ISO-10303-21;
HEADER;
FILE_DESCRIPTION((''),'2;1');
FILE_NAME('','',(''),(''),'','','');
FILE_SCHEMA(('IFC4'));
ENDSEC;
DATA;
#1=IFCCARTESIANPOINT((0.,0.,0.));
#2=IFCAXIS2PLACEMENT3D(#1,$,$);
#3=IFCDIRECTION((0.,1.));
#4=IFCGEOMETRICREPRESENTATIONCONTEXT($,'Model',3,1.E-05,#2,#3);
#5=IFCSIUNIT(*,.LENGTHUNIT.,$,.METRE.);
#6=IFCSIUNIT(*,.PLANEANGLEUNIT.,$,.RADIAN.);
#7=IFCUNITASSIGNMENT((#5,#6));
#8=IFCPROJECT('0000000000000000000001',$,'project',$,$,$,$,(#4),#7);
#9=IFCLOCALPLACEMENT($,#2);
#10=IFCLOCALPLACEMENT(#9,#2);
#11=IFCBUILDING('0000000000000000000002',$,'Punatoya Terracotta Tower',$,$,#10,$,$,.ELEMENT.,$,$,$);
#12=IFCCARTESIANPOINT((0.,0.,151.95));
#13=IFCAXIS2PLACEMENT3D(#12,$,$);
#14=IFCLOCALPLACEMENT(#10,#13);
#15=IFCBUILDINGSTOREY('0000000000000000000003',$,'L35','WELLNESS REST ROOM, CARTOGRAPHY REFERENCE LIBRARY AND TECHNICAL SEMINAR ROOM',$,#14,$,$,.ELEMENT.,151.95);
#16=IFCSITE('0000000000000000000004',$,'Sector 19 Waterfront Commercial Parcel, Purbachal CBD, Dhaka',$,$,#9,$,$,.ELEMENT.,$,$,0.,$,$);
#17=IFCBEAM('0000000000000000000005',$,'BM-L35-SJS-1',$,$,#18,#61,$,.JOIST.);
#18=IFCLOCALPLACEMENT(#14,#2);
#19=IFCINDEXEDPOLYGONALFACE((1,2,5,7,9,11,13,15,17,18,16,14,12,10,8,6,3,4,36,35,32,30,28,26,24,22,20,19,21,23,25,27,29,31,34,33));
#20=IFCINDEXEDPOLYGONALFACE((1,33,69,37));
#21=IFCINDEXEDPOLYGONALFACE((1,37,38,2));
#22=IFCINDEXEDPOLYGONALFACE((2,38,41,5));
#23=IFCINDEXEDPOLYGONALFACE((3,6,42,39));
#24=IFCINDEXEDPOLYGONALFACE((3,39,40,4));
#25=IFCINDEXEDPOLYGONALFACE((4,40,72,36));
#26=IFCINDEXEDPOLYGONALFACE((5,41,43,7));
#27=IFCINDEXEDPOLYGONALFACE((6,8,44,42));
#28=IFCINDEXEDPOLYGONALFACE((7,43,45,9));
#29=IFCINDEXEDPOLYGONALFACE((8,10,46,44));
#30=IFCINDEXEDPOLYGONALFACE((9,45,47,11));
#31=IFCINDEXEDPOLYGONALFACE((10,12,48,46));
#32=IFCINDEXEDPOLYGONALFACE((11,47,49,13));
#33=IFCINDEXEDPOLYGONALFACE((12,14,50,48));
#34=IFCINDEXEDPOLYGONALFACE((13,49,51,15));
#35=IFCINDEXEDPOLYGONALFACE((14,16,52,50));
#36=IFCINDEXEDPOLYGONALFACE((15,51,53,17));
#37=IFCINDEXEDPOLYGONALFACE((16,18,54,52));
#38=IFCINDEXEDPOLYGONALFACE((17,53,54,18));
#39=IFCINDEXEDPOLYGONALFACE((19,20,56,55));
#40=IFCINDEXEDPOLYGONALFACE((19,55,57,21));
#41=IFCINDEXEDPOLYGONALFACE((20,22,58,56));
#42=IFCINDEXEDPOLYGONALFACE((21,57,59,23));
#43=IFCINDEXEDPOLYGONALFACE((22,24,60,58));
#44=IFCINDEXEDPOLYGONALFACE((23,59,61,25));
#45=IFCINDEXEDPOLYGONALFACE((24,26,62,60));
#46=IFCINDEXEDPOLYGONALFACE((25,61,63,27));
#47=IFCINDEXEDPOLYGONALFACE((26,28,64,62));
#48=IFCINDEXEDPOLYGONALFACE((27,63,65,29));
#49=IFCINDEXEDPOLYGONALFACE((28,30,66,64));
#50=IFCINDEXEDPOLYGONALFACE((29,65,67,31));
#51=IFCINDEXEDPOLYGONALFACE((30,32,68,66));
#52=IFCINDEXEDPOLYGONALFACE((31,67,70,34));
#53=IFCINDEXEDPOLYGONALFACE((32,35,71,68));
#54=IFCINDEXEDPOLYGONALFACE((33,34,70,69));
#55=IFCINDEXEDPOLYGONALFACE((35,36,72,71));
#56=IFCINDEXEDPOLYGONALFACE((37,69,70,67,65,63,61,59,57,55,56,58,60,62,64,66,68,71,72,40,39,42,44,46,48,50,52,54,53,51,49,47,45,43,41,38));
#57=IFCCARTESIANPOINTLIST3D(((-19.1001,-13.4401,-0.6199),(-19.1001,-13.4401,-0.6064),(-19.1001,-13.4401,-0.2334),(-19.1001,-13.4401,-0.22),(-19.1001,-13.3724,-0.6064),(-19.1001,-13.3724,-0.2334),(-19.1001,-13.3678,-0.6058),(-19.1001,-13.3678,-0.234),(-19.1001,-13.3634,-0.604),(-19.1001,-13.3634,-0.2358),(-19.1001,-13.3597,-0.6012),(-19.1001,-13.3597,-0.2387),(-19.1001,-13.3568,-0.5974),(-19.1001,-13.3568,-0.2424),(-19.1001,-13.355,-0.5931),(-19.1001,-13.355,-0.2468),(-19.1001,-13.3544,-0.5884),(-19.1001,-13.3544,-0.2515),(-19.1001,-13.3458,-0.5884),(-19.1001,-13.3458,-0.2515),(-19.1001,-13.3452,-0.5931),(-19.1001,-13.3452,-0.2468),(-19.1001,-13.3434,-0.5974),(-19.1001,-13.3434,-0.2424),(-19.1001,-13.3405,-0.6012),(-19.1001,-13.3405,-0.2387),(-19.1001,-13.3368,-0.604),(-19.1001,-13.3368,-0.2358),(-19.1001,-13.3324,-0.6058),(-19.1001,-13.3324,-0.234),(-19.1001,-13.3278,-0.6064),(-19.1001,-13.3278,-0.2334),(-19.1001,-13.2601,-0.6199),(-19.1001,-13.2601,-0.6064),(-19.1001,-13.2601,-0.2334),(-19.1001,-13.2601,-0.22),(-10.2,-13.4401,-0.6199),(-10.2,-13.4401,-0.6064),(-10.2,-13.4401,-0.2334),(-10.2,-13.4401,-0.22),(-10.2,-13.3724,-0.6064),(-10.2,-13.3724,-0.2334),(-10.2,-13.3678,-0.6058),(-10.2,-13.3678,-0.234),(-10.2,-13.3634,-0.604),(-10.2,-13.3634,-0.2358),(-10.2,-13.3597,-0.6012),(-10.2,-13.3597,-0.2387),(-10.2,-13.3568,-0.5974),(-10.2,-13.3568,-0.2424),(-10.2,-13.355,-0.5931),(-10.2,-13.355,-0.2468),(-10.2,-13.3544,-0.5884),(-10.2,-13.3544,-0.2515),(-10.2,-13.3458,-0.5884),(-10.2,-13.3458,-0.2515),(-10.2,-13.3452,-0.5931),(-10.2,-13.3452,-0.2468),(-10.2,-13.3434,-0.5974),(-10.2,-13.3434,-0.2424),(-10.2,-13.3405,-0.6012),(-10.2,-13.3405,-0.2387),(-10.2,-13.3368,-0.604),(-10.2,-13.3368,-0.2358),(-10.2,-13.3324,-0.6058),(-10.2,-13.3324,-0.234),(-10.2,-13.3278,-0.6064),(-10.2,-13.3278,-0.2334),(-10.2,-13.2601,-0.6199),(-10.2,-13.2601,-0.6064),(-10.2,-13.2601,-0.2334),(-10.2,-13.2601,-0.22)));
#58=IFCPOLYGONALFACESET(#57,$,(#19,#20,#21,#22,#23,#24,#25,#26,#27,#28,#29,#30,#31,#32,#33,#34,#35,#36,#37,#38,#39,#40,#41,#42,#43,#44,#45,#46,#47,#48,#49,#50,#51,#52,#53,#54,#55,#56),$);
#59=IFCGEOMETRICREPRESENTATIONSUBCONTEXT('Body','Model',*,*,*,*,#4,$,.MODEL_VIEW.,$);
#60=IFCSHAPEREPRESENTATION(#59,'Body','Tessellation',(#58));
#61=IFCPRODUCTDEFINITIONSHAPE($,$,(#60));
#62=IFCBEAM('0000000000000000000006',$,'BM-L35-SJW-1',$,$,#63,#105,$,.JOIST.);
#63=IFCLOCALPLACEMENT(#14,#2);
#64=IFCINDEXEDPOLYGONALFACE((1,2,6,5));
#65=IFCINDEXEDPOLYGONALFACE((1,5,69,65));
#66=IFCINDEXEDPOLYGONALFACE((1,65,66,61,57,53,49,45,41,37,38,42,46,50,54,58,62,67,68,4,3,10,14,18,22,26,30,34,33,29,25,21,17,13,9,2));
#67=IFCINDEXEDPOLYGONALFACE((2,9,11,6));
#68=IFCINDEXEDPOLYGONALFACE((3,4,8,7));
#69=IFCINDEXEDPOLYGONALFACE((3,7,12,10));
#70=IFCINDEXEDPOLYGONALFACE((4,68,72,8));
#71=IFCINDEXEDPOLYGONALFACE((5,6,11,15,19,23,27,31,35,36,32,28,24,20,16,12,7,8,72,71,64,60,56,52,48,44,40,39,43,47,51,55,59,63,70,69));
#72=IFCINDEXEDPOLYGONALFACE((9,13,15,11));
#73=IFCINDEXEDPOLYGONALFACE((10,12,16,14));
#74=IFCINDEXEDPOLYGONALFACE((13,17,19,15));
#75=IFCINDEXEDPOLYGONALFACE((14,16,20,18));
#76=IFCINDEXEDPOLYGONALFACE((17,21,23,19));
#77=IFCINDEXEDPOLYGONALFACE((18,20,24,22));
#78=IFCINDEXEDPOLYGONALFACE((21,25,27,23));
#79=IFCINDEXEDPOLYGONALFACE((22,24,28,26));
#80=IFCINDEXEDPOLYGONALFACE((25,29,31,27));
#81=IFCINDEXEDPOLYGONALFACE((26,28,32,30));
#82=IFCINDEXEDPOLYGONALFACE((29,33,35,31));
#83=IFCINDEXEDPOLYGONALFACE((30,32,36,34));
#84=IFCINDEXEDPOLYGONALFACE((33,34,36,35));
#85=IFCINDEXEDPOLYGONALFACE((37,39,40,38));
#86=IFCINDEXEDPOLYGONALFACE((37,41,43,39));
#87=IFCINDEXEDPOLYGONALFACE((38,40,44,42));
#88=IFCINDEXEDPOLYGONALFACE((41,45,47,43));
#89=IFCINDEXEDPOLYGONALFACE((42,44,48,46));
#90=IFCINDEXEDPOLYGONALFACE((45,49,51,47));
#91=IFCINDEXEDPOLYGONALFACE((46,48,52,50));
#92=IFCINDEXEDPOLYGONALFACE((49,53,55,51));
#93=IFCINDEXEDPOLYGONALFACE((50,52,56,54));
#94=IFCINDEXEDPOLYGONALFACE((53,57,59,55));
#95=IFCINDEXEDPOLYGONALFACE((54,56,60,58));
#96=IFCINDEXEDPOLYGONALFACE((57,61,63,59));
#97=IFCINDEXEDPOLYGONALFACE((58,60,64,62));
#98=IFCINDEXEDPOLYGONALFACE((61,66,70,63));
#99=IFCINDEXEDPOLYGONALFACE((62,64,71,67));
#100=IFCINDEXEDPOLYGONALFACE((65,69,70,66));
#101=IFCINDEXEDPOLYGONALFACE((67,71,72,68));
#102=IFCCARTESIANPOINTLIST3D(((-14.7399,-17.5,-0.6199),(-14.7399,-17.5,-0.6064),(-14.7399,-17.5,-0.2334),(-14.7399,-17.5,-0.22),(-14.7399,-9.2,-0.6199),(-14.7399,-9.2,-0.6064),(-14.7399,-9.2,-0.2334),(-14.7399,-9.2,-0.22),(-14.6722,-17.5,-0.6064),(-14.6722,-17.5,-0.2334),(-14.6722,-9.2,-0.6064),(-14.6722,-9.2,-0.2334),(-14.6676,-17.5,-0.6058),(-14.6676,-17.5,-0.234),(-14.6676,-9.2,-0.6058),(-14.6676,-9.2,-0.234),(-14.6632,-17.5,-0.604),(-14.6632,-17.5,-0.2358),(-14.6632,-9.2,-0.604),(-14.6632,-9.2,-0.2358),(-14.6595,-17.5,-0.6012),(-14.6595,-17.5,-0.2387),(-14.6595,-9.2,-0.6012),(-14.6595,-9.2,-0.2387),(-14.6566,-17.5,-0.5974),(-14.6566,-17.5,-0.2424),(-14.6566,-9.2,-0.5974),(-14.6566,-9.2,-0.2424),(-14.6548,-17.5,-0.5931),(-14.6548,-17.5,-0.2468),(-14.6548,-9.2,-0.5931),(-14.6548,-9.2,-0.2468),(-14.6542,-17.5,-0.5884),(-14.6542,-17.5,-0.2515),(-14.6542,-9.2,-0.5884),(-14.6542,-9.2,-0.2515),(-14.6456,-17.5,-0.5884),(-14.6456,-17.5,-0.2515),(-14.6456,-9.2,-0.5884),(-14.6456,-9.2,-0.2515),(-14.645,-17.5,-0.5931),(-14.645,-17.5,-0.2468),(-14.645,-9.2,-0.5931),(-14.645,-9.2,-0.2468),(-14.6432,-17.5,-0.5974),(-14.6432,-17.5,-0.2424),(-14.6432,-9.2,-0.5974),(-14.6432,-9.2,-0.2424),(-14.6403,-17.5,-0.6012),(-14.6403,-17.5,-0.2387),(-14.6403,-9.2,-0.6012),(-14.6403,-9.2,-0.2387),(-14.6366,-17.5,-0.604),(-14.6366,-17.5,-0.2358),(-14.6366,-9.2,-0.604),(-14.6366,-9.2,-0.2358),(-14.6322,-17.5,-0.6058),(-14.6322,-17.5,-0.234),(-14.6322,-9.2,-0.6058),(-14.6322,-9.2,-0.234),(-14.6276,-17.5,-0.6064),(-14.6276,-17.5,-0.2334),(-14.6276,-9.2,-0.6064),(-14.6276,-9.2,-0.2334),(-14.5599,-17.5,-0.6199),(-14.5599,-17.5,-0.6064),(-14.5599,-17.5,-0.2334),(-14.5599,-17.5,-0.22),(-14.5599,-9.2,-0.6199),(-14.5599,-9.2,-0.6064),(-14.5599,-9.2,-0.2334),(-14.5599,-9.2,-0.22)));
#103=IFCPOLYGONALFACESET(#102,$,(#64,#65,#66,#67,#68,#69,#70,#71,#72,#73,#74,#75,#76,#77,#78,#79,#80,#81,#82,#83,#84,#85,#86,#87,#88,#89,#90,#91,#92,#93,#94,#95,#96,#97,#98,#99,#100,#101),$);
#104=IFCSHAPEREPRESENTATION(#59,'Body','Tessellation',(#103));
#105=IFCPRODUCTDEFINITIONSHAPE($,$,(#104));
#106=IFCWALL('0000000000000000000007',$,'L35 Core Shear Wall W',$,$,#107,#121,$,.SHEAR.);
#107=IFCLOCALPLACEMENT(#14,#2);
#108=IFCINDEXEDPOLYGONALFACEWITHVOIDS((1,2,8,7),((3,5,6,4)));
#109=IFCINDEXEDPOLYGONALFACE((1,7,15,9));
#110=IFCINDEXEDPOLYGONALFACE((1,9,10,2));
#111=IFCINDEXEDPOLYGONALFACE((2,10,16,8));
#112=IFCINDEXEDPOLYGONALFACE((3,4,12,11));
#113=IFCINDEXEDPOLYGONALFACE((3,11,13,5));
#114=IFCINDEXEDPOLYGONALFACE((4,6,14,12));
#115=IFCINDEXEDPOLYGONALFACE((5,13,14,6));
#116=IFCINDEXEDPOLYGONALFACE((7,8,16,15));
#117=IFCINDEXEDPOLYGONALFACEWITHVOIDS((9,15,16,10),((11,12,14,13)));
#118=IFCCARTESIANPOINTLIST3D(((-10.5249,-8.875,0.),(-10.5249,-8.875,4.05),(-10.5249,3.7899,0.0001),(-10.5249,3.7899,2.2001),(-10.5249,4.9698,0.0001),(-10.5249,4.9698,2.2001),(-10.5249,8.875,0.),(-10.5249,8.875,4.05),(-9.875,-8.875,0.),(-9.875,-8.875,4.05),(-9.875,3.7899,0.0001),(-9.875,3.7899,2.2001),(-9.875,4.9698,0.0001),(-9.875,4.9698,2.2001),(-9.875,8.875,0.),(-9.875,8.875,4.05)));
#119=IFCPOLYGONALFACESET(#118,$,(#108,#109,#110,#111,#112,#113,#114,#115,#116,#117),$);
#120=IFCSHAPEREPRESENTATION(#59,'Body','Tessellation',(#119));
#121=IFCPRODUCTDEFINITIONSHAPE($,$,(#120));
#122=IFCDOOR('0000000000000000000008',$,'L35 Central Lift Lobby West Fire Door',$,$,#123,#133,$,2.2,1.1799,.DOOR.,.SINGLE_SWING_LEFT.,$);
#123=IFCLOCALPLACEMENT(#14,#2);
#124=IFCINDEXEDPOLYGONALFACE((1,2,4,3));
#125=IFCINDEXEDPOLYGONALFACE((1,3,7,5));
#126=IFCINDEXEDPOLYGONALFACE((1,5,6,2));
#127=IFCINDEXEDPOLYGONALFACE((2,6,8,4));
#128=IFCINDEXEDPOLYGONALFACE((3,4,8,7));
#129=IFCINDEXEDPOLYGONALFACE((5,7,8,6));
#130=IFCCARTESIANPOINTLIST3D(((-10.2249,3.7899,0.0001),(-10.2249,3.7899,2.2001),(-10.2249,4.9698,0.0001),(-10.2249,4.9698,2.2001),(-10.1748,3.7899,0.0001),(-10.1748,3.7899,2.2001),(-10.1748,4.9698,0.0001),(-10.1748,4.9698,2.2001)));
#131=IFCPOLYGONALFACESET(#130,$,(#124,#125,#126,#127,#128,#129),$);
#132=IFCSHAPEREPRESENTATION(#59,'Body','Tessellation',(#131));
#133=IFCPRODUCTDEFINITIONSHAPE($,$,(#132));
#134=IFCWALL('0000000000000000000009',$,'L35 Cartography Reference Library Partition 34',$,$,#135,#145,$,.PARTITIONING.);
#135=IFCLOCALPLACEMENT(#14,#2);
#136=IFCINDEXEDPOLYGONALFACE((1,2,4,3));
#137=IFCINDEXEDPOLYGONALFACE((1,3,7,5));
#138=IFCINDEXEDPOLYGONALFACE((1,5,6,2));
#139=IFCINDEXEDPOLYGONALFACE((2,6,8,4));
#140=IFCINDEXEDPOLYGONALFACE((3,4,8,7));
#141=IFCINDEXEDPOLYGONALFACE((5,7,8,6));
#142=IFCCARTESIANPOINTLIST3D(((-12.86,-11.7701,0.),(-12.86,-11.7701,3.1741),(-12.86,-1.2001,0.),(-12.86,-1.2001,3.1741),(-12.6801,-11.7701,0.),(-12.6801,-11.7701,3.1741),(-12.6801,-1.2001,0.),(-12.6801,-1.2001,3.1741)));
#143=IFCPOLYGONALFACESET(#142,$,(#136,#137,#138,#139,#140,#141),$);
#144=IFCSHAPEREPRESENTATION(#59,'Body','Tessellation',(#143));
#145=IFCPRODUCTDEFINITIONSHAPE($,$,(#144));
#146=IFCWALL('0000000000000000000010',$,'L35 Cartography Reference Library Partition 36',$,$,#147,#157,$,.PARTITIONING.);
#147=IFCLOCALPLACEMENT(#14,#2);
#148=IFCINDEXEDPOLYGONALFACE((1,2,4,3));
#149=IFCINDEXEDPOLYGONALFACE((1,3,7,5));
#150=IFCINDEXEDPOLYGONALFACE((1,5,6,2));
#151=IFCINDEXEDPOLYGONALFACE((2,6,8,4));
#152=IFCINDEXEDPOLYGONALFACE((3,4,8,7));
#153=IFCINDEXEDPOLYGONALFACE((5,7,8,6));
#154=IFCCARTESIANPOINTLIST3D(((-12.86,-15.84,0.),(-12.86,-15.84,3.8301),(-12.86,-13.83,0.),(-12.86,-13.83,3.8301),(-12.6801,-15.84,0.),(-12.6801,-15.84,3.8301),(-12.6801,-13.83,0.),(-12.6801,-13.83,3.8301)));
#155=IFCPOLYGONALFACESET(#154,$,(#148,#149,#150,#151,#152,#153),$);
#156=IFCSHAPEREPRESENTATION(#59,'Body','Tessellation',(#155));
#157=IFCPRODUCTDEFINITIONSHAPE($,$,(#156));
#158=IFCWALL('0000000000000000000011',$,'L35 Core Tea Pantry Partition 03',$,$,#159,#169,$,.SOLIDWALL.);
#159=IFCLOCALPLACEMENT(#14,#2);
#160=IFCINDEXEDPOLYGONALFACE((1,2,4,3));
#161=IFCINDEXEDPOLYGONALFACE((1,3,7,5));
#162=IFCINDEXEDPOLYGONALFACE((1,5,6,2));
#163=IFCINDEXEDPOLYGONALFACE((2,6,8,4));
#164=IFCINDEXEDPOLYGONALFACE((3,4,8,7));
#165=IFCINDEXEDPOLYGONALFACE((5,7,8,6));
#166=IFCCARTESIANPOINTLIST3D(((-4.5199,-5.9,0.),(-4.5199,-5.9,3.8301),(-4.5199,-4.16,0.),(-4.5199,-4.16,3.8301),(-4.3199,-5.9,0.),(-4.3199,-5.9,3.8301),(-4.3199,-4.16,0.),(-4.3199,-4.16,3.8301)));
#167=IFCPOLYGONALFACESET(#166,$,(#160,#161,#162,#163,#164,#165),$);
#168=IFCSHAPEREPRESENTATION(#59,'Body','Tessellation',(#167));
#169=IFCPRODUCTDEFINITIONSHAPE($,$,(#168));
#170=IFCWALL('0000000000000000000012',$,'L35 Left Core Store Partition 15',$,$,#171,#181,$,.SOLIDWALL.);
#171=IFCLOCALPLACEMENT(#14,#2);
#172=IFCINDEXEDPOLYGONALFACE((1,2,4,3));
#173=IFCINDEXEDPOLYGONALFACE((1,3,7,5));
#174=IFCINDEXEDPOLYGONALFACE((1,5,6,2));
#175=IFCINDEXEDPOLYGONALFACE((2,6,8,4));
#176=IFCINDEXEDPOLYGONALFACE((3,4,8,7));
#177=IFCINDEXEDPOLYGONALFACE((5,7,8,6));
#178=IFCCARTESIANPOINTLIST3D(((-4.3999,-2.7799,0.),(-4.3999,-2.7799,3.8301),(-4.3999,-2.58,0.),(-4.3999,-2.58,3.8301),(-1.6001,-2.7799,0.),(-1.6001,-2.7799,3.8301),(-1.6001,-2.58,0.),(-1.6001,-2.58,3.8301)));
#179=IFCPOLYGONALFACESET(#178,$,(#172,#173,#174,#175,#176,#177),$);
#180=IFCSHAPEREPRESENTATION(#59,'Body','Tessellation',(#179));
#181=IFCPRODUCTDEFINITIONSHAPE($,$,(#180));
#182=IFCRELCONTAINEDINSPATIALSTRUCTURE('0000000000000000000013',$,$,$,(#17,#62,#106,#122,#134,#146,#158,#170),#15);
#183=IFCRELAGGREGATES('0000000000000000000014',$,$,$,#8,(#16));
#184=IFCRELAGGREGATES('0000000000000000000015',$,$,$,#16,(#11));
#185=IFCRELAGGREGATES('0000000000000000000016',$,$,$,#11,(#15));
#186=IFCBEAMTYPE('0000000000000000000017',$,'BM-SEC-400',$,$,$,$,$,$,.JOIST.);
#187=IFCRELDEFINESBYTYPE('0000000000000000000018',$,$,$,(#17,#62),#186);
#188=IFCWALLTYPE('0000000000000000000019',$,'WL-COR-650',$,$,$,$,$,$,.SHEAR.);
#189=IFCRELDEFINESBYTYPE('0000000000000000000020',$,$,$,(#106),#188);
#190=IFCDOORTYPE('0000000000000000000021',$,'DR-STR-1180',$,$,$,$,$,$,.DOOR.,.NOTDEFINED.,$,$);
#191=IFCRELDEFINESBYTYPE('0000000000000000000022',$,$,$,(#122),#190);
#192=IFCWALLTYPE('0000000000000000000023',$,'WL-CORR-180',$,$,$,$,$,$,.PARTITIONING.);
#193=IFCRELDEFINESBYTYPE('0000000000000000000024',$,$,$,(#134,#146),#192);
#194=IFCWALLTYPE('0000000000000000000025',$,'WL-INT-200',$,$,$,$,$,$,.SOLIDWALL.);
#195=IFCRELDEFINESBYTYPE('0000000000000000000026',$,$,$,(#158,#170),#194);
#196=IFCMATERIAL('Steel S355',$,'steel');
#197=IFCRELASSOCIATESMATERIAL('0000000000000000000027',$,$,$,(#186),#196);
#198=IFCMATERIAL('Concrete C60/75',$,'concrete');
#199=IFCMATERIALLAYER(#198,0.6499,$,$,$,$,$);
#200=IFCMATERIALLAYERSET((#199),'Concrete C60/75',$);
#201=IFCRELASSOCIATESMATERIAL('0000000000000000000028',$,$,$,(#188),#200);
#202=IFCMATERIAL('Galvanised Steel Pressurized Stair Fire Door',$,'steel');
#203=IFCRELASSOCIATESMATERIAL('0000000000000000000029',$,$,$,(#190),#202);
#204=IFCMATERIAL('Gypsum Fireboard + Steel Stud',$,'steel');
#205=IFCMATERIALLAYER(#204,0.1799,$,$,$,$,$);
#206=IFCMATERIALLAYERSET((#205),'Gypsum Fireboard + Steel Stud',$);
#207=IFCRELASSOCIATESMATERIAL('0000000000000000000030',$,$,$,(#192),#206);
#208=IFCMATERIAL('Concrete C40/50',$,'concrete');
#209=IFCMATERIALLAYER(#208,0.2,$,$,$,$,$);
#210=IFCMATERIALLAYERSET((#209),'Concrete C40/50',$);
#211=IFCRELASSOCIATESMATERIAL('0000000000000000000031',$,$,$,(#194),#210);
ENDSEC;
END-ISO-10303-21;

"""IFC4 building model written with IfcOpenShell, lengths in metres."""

from ifc_helpers import new_model, si_unit, direction, frame, frame_2d, origin, origin_2d, place, context, subcontext, project, spatial, rectangle, i_section, extrude, material, layer, layer_set, material_profile, profile_set, type_object, element, fill, save


model = new_model("IFC4")

# Units and contexts
model_context = context("Model", 3, precision=1e-05, world=origin(), true_north=direction((0.0, 1.0)))
body_context = subcontext(model_context, "Body", "Model", "MODEL_VIEW")
ifc_project = project(units=[si_unit("LENGTHUNIT", "METRE"), si_unit("PLANEANGLEUNIT", "RADIAN")], contexts=[model_context])

# Site, building, storey
site_placement = place(None, origin())
site = spatial("IfcSite", under=ifc_project, at=site_placement, Name="Sector 19 Waterfront Commercial Parcel, Purbachal CBD, Dhaka", CompositionType="ELEMENT", RefElevation=0.0)
building_placement = place(site_placement, origin())
building = spatial("IfcBuilding", under=site, at=building_placement, Name="Punatoya Terracotta Tower", CompositionType="ELEMENT")
storey_placement = place(building_placement, frame((0.0, 0.0, 151.95)))
storey = spatial("IfcBuildingStorey", under=building, at=storey_placement, Name="L35", Description="WELLNESS REST ROOM, CARTOGRAPHY REFERENCE LIBRARY AND TECHNICAL SEMINAR ROOM", CompositionType="ELEMENT", Elevation=151.95)

# Beams
ifc_material_1 = material(Name="Steel S355", Category="steel")
ifc_material_2 = material(Name="Concrete C60/75", Category="concrete")
ifc_material_profile_1 = material_profile(ifc_material_1, i_section(OverallWidth=0.1799, OverallDepth=0.3999, WebThickness=0.0085, FlangeThickness=0.0134, FilletRadius=0.0181, at=origin_2d()))
ifc_profile_set_1 = profile_set([ifc_material_profile_1], Name="Steel S355")
beam_type_1 = type_object("IfcBeamType", Name="BM-SEC-400", PredefinedType="JOIST", material=ifc_profile_set_1)
beam_1_placement = place(storey_placement, frame((-19.1001, -13.3501, -0.4199), z_axis=(1.0, 0.0, 0.0), x_axis=(0.0, 1.0, 0.0)))
element("IfcBeam", 1, at=beam_1_placement, inside=storey, type_object=beam_type_1, Name="BM-L35-SJS-1", PredefinedType="JOIST", context=body_context, shape_type="SweptSolid", body=[
    extrude(i_section(OverallWidth=0.1799, OverallDepth=0.3999, WebThickness=0.0085, FlangeThickness=0.0134, FilletRadius=0.0181, at=origin_2d()), origin(), (0.0, 0.0, 1.0), 8.9001),
])
beam_2_placement = place(storey_placement, frame((-14.6499, -17.5, -0.4199), z_axis=(0.0, 1.0, 0.0), x_axis=(-1.0, 0.0, 0.0)))
element("IfcBeam", 2, at=beam_2_placement, inside=storey, type_object=beam_type_1, Name="BM-L35-SJW-1", PredefinedType="JOIST", context=body_context, shape_type="SweptSolid", body=[
    extrude(i_section(OverallWidth=0.1799, OverallDepth=0.3999, WebThickness=0.0085, FlangeThickness=0.0134, FilletRadius=0.0181, at=origin_2d()), origin(), (0.0, 0.0, 1.0), 8.3),
])

# Wall, opening, door
ifc_layer_1 = layer(ifc_material_2, 0.6499)
ifc_layer_set_1 = layer_set([ifc_layer_1], Name="Concrete C60/75")
wall_type_1 = type_object("IfcWallType", Name="WL-COR-650", PredefinedType="SHEAR", material=ifc_layer_set_1)
wall_1_placement = place(storey_placement, frame((-10.2, -8.875, 0.0), z_axis=(0.0, 0.0, 1.0), x_axis=(0.0, 1.0, 0.0)))
wall_1 = element("IfcWall", 3, at=wall_1_placement, inside=storey, type_object=wall_type_1, Name="L35 Core Shear Wall W", PredefinedType="SHEAR", context=body_context, shape_type="SweptSolid", body=[
    extrude(rectangle(XDim=17.75, YDim=0.6499, at=frame_2d((8.875, 0.0))), origin(), (0.0, 0.0, 1.0), 4.05),
])
opening_1_placement = place(wall_1_placement, frame((12.665, 0.0, 0.0)))
opening_1 = element("IfcOpeningElement", 4, at=opening_1_placement, cuts=wall_1, PredefinedType="OPENING", context=body_context, shape_type="SweptSolid", body=[
    extrude(rectangle(XDim=1.1799, YDim=2.2, at=frame_2d((0.5898, 1.1001))), frame((0.0, 0.335, 0.0), z_axis=(0.0, -1.0, 0.0), x_axis=(1.0, 0.0, 0.0)), (0.0, 0.0, 1.0), 0.6699),
])
ifc_material_3 = material(Name="Galvanised Steel Pressurized Stair Fire Door", Category="steel")
door_type_1 = type_object("IfcDoorType", Name="DR-STR-1180", OperationType="NOTDEFINED", PredefinedType="DOOR", material=ifc_material_3)
door_1_placement = place(opening_1_placement, origin())
door_1 = element("IfcDoor", 5, at=door_1_placement, inside=storey, type_object=door_type_1, Name="L35 Central Lift Lobby West Fire Door", OperationType="SINGLE_SWING_LEFT", OverallHeight=2.2, OverallWidth=1.1799, PredefinedType="DOOR", context=body_context, shape_type="SweptSolid", body=[
    extrude(rectangle(XDim=1.1799, YDim=2.2, at=frame_2d((0.5898, 1.1001))), frame((0.0, 0.0249, 0.0), z_axis=(0.0, -1.0, 0.0), x_axis=(1.0, 0.0, 0.0)), (0.0, 0.0, 1.0), 0.05),
])
fill(opening_1, door_1)

# Walls
ifc_material_4 = material(Name="Gypsum Fireboard + Steel Stud", Category="steel")
ifc_layer_2 = layer(ifc_material_4, 0.1799)
ifc_layer_set_2 = layer_set([ifc_layer_2], Name="Gypsum Fireboard + Steel Stud")
wall_type_2 = type_object("IfcWallType", Name="WL-CORR-180", PredefinedType="PARTITIONING", material=ifc_layer_set_2)
wall_2_placement = place(storey_placement, frame((-12.77, -1.2, 0.0), z_axis=(0.0, 0.0, 1.0), x_axis=(0.0, -1.0, 0.0)))
element("IfcWall", 6, at=wall_2_placement, inside=storey, type_object=wall_type_2, Name="L35 Cartography Reference Library Partition 34", PredefinedType="PARTITIONING", context=body_context, shape_type="SweptSolid", body=[
    extrude(rectangle(XDim=10.5701, YDim=0.1799, at=frame_2d((5.2852, 0.0))), origin(), (0.0, 0.0, 1.0), 3.1741),
])
wall_3_placement = place(storey_placement, frame((-12.77, -13.8301, 0.0), z_axis=(0.0, 0.0, 1.0), x_axis=(0.0, -1.0, 0.0)))
element("IfcWall", 7, at=wall_3_placement, inside=storey, type_object=wall_type_2, Name="L35 Cartography Reference Library Partition 36", PredefinedType="PARTITIONING", context=body_context, shape_type="SweptSolid", body=[
    extrude(rectangle(XDim=2.01, YDim=0.1799, at=frame_2d((1.0049, 0.0))), origin(), (0.0, 0.0, 1.0), 3.8301),
])
ifc_material_5 = material(Name="Concrete C40/50", Category="concrete")
ifc_layer_3 = layer(ifc_material_5, 0.2)
ifc_layer_set_3 = layer_set([ifc_layer_3], Name="Concrete C40/50")
wall_type_3 = type_object("IfcWallType", Name="WL-INT-200", PredefinedType="SOLIDWALL", material=ifc_layer_set_3)
wall_4_placement = place(storey_placement, frame((-4.4199, -4.1599, 0.0), z_axis=(0.0, 0.0, 1.0), x_axis=(0.0, -1.0, 0.0)))
element("IfcWall", 8, at=wall_4_placement, inside=storey, type_object=wall_type_3, Name="L35 Core Tea Pantry Partition 03", PredefinedType="SOLIDWALL", context=body_context, shape_type="SweptSolid", body=[
    extrude(rectangle(XDim=1.74, YDim=0.2, at=frame_2d((0.8701, 0.0))), origin(), (0.0, 0.0, 1.0), 3.8301),
])
wall_5_placement = place(storey_placement, frame((-4.3999, -2.6799, 0.0), z_axis=(0.0, 0.0, 1.0), x_axis=(1.0, 0.0, 0.0)))
element("IfcWall", 9, at=wall_5_placement, inside=storey, type_object=wall_type_3, Name="L35 Left Core Store Partition 15", PredefinedType="SOLIDWALL", context=body_context, shape_type="SweptSolid", body=[
    extrude(rectangle(XDim=2.7998, YDim=0.2, at=frame_2d((1.3999, 0.0))), origin(), (0.0, 0.0, 1.0), 3.8301),
])

save(model, "model.ifc")
